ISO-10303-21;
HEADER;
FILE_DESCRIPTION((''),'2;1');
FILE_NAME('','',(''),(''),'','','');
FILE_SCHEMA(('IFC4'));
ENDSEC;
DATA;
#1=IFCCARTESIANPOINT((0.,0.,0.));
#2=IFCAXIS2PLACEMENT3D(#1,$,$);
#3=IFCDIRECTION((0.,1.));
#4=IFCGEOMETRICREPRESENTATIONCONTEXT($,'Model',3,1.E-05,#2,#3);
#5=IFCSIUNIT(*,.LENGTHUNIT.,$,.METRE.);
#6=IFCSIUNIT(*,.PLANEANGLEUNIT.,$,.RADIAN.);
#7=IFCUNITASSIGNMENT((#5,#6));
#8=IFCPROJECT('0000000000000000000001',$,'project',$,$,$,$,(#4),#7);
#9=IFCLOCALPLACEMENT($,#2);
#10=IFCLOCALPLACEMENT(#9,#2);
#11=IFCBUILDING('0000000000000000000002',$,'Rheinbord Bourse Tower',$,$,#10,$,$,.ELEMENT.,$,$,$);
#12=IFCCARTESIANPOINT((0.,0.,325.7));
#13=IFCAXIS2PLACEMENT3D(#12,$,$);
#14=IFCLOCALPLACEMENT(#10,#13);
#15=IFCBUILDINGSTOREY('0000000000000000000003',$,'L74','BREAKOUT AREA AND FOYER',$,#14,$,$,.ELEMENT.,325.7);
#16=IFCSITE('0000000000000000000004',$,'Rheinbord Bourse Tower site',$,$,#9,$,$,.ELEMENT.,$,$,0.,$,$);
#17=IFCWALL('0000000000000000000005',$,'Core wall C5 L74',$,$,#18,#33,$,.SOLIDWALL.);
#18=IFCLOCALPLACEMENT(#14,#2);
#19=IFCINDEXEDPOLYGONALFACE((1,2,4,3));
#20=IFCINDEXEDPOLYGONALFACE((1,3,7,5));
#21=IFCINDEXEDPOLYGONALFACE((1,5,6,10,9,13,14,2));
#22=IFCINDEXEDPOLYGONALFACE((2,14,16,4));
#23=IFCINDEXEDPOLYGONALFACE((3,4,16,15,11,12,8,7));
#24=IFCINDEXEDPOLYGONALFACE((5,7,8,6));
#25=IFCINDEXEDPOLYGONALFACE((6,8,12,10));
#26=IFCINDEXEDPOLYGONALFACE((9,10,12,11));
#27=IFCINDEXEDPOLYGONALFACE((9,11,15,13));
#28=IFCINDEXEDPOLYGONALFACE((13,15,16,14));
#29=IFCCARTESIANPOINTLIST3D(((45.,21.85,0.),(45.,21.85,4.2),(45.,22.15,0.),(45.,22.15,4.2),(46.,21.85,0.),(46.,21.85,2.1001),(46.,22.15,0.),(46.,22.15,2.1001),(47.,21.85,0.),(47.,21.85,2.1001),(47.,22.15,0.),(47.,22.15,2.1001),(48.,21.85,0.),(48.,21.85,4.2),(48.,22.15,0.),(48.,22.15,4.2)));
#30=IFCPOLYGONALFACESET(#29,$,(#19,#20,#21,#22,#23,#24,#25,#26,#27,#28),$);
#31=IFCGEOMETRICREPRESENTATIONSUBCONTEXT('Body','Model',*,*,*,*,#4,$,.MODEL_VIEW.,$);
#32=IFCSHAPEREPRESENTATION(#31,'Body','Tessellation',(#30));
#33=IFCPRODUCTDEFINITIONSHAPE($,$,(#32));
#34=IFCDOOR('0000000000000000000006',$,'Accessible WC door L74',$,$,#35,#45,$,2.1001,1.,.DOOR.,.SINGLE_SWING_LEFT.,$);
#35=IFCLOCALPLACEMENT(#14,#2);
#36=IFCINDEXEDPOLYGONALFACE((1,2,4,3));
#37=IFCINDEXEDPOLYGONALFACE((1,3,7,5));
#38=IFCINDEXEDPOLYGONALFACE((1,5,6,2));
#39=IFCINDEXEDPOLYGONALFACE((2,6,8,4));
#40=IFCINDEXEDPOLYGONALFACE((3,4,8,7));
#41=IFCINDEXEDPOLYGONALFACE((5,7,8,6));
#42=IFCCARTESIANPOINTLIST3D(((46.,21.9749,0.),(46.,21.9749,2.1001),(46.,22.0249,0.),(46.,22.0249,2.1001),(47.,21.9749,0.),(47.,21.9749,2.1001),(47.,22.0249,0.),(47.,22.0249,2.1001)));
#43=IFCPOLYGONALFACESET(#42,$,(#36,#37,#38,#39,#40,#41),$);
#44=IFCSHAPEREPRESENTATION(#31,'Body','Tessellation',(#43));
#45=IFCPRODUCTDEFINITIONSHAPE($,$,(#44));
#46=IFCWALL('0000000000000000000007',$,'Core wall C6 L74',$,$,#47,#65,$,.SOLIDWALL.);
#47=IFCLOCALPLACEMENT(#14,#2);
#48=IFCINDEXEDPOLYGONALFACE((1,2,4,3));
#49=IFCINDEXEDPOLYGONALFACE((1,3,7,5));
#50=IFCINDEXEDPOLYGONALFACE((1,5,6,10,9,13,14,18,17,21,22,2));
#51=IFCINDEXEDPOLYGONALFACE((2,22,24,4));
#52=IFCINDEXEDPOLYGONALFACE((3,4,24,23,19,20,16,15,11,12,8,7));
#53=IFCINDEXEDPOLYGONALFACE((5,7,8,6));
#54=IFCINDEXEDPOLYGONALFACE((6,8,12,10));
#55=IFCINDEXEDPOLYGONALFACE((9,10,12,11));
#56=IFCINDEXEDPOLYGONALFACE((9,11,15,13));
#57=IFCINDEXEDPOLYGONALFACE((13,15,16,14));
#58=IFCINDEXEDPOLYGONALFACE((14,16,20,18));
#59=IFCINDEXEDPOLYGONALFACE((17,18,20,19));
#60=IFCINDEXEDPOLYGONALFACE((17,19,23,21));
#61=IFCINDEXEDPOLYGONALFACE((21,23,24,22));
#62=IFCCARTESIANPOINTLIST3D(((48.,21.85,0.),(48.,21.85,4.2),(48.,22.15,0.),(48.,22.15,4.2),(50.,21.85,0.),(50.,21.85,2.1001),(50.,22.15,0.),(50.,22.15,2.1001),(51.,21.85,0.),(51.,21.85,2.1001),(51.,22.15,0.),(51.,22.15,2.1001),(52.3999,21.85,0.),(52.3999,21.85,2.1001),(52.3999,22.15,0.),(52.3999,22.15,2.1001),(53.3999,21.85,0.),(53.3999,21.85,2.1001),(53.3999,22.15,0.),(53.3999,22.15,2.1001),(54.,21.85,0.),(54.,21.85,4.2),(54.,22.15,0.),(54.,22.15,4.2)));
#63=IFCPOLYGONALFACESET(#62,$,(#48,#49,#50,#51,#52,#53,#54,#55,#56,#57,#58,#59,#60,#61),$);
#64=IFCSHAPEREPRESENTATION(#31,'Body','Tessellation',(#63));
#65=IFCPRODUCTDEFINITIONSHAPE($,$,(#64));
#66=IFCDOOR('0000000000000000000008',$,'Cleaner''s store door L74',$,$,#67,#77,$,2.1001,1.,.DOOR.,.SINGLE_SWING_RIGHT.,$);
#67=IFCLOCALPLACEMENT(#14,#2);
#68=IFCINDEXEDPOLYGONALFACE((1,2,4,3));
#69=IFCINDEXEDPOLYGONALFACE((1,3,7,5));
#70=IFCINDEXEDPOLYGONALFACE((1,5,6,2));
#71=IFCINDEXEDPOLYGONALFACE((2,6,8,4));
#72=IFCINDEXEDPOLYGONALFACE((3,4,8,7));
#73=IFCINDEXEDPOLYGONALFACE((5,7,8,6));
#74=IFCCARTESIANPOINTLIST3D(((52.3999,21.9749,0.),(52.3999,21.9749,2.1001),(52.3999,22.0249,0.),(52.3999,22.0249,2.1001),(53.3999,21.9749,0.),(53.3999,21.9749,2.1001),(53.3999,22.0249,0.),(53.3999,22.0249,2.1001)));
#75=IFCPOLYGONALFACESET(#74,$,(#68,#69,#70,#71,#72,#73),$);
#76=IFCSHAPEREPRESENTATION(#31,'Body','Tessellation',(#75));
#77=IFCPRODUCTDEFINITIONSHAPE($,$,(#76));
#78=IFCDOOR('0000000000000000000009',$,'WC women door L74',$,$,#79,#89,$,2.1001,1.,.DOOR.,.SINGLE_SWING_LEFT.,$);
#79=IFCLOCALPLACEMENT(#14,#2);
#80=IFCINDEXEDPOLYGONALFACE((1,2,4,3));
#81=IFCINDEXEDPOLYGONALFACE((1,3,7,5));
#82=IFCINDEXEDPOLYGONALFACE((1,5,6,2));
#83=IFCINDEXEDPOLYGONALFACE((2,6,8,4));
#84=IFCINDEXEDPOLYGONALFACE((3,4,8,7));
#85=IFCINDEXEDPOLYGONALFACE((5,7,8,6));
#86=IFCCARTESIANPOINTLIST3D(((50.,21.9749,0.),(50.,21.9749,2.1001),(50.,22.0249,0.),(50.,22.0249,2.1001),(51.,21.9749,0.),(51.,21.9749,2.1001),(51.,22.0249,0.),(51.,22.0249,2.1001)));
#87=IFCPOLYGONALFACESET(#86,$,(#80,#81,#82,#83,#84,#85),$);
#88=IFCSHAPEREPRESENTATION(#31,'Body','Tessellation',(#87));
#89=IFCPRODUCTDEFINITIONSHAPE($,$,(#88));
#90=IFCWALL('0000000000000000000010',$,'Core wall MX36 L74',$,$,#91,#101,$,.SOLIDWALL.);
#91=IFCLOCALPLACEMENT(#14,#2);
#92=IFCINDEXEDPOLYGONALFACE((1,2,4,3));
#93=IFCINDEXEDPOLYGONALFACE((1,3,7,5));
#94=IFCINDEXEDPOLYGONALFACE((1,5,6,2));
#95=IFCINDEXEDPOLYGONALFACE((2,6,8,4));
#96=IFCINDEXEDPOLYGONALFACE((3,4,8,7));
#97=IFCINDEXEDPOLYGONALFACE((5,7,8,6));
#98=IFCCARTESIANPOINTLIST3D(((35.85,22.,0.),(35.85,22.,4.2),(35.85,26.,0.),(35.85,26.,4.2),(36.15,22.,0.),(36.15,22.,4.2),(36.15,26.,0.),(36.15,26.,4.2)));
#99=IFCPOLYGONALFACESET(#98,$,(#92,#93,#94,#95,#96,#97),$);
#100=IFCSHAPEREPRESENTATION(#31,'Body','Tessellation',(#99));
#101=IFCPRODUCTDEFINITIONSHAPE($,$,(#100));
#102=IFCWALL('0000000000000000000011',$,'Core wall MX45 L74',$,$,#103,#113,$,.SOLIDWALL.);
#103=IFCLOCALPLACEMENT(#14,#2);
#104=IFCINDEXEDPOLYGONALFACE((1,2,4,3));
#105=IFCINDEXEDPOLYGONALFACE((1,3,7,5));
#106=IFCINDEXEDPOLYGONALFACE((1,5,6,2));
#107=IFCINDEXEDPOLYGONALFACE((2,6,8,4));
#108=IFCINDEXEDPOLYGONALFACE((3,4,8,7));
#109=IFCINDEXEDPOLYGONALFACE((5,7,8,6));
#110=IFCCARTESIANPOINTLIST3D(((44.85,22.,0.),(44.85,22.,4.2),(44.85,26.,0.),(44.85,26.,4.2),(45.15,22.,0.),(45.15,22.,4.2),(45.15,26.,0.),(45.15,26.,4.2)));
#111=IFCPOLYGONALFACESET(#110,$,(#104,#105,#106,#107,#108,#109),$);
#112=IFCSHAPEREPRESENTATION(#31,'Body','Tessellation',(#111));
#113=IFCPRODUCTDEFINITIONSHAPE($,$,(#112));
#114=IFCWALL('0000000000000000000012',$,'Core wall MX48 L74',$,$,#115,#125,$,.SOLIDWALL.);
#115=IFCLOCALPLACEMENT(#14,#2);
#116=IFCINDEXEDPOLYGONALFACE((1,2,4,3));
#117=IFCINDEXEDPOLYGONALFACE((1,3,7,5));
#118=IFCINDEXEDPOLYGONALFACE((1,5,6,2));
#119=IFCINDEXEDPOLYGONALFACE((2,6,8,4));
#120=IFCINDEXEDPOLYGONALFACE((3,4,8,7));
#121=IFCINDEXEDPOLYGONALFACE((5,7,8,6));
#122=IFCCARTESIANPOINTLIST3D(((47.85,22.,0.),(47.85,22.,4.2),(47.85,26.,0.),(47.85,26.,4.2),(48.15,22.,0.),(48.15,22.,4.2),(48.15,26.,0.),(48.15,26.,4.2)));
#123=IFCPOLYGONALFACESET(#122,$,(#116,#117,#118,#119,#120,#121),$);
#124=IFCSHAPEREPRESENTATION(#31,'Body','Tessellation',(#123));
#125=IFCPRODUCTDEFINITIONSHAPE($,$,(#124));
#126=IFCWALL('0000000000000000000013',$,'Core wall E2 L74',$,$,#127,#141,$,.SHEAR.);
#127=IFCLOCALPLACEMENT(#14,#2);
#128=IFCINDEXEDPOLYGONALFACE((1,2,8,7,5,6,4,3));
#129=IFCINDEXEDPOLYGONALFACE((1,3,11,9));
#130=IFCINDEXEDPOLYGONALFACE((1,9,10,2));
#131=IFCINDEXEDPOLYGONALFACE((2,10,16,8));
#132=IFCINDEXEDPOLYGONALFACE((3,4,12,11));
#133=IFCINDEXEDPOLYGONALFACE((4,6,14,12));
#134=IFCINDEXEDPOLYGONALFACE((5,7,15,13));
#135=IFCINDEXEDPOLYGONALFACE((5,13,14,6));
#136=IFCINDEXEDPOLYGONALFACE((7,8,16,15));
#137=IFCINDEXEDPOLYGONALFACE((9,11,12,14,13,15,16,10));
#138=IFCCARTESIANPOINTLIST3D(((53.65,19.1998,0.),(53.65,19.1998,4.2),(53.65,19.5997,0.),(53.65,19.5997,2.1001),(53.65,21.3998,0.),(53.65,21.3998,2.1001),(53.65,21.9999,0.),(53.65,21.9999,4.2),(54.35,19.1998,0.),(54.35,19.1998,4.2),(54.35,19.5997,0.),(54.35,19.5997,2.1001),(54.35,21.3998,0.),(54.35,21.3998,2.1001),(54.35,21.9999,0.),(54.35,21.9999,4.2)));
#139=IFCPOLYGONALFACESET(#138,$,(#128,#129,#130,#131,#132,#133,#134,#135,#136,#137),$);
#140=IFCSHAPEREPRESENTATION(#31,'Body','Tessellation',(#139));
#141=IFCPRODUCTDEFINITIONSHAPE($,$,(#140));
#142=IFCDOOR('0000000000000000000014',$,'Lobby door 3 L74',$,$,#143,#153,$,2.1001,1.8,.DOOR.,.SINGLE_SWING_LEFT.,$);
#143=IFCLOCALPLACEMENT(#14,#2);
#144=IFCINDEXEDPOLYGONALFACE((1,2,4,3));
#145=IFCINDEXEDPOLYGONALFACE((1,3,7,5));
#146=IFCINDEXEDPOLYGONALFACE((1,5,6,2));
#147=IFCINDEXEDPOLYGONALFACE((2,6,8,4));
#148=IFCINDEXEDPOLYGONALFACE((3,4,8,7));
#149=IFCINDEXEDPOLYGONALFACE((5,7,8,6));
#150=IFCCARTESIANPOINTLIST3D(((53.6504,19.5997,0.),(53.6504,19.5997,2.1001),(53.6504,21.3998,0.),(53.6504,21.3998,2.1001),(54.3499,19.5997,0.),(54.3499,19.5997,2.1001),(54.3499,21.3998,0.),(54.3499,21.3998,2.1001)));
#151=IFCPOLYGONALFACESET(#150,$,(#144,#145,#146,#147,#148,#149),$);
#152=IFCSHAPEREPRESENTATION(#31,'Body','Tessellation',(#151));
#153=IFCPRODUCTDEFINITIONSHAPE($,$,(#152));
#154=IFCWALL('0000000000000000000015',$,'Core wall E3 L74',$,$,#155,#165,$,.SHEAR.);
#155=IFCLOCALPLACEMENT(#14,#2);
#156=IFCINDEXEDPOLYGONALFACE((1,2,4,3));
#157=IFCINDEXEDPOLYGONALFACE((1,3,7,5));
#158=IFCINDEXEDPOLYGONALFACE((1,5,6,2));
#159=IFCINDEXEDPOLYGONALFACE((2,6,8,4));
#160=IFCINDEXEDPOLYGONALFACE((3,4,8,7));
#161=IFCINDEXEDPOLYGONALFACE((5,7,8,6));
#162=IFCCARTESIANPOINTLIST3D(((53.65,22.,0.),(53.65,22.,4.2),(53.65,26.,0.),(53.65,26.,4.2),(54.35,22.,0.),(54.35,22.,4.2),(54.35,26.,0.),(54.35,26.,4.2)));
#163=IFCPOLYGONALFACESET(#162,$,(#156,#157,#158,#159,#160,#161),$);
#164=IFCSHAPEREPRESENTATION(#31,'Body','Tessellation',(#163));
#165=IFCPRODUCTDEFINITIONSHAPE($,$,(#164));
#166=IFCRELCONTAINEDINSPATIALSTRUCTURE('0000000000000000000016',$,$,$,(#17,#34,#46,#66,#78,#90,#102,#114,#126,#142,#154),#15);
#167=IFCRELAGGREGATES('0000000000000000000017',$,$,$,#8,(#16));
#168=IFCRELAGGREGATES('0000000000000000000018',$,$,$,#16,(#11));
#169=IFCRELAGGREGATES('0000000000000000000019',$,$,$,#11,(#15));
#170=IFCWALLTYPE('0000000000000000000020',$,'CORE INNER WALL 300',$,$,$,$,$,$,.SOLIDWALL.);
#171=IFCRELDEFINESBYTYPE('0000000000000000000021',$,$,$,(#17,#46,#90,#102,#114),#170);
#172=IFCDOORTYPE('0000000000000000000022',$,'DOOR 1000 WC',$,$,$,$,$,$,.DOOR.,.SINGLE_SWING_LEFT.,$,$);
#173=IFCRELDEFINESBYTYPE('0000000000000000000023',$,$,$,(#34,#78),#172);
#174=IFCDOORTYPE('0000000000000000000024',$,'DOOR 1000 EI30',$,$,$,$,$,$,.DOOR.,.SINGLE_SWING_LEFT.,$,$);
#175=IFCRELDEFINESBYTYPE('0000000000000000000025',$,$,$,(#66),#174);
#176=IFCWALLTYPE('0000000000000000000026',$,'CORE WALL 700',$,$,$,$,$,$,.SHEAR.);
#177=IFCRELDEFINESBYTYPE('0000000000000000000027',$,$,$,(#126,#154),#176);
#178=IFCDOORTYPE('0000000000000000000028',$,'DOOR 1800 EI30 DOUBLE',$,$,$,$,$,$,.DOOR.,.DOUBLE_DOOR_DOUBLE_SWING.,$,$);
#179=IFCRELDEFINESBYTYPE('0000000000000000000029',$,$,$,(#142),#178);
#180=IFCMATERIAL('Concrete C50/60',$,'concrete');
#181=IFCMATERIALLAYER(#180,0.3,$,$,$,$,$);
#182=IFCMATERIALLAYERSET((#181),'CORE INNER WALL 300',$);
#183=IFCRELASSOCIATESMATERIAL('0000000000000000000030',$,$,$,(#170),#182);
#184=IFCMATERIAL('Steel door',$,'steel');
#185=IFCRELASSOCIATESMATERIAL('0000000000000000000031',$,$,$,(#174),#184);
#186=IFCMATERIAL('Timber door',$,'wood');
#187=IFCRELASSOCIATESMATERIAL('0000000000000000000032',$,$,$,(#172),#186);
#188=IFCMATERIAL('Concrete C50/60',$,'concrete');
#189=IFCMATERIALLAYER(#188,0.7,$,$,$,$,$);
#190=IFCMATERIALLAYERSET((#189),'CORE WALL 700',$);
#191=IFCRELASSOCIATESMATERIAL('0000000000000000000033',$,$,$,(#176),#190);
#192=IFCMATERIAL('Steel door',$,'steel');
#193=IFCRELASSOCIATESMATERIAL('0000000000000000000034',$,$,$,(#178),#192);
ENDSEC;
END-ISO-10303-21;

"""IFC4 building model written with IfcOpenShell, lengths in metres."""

from ifc_helpers import new_model, si_unit, direction, frame, frame_2d, origin, place, context, subcontext, project, spatial, rectangle, extrude, material, layer, layer_set, type_object, element, fill, save


model = new_model("IFC4")

# Units and contexts
model_context = context("Model", 3, precision=1e-05, world=origin(), true_north=direction((0.0, 1.0)))
body_context = subcontext(model_context, "Body", "Model", "MODEL_VIEW")
ifc_project = project(units=[si_unit("LENGTHUNIT", "METRE"), si_unit("PLANEANGLEUNIT", "RADIAN")], contexts=[model_context])

# Site, building, storey
site_placement = place(None, origin())
site = spatial("IfcSite", under=ifc_project, at=site_placement, Name="Rheinbord Bourse Tower site", CompositionType="ELEMENT", RefElevation=0.0)
building_placement = place(site_placement, origin())
building = spatial("IfcBuilding", under=site, at=building_placement, Name="Rheinbord Bourse Tower", CompositionType="ELEMENT")
storey_placement = place(building_placement, frame((0.0, 0.0, 325.7)))
storey = spatial("IfcBuildingStorey", under=building, at=storey_placement, Name="L74", Description="BREAKOUT AREA AND FOYER", CompositionType="ELEMENT", Elevation=325.7)

# Wall, opening, door
ifc_material_1 = material(Name="Concrete C50/60", Category="concrete")
ifc_layer_1 = layer(ifc_material_1, 0.3)
ifc_layer_set_1 = layer_set([ifc_layer_1], Name="CORE INNER WALL 300")
wall_type_1 = type_object("IfcWallType", Name="CORE INNER WALL 300", PredefinedType="SOLIDWALL", material=ifc_layer_set_1)
ifc_material_2 = material(Name="Steel door", Category="steel")
door_type_1 = type_object("IfcDoorType", Name="DOOR 1000 EI30", OperationType="SINGLE_SWING_LEFT", PredefinedType="DOOR", material=ifc_material_2)
wall_1_placement = place(storey_placement, frame((45.0, 22.0, 0.0), z_axis=(0.0, 0.0, 1.0), x_axis=(1.0, 0.0, 0.0)))
wall_1 = element("IfcWall", 1, at=wall_1_placement, inside=storey, type_object=wall_type_1, Name="Core wall C5 L74", PredefinedType="SOLIDWALL", context=body_context, shape_type="SweptSolid", body=[
    extrude(rectangle(XDim=3.0, YDim=0.3, at=frame_2d((1.5, 0.0))), origin(), (0.0, 0.0, 1.0), 4.2),
])
opening_1_placement = place(wall_1_placement, frame((1.0, 0.0, 0.0)))
opening_1 = element("IfcOpeningElement", 2, at=opening_1_placement, cuts=wall_1, PredefinedType="OPENING", context=body_context, shape_type="SweptSolid", body=[
    extrude(rectangle(XDim=1.0, YDim=2.1001, at=frame_2d((0.5, 1.05))), frame((0.0, 0.1599, 0.0), z_axis=(0.0, -1.0, 0.0), x_axis=(1.0, 0.0, 0.0)), (0.0, 0.0, 1.0), 0.3201),
])
ifc_material_3 = material(Name="Timber door", Category="wood")
door_type_2 = type_object("IfcDoorType", Name="DOOR 1000 WC", OperationType="SINGLE_SWING_LEFT", PredefinedType="DOOR", material=ifc_material_3)
door_1_placement = place(opening_1_placement, origin())
door_1 = element("IfcDoor", 3, at=door_1_placement, inside=storey, type_object=door_type_2, Name="Accessible WC door L74", OperationType="SINGLE_SWING_LEFT", OverallHeight=2.1001, OverallWidth=1.0, PredefinedType="DOOR", context=body_context, shape_type="SweptSolid", body=[
    extrude(rectangle(XDim=1.0, YDim=2.1001, at=frame_2d((0.5, 1.05))), frame((0.0, 0.0249, 0.0), z_axis=(0.0, -1.0, 0.0), x_axis=(1.0, 0.0, 0.0)), (0.0, 0.0, 1.0), 0.05),
])
fill(opening_1, door_1)

# Wall, openings, doors
wall_2_placement = place(storey_placement, frame((48.0, 22.0, 0.0), z_axis=(0.0, 0.0, 1.0), x_axis=(1.0, 0.0, 0.0)))
wall_2 = element("IfcWall", 4, at=wall_2_placement, inside=storey, type_object=wall_type_1, Name="Core wall C6 L74", PredefinedType="SOLIDWALL", context=body_context, shape_type="SweptSolid", body=[
    extrude(rectangle(XDim=6.0, YDim=0.3, at=frame_2d((3.0, 0.0))), origin(), (0.0, 0.0, 1.0), 4.2),
])
opening_2_placement = place(wall_2_placement, frame((2.0, 0.0, 0.0)))
opening_2 = element("IfcOpeningElement", 5, at=opening_2_placement, cuts=wall_2, PredefinedType="OPENING", context=body_context, shape_type="SweptSolid", body=[
    extrude(rectangle(XDim=1.0, YDim=2.1001, at=frame_2d((0.5, 1.05))), frame((0.0, 0.1599, 0.0), z_axis=(0.0, -1.0, 0.0), x_axis=(1.0, 0.0, 0.0)), (0.0, 0.0, 1.0), 0.3201),
])
opening_3_placement = place(wall_2_placement, frame((4.3999, 0.0, 0.0)))
opening_3 = element("IfcOpeningElement", 6, at=opening_3_placement, cuts=wall_2, PredefinedType="OPENING", context=body_context, shape_type="SweptSolid", body=[
    extrude(rectangle(XDim=1.0, YDim=2.1001, at=frame_2d((0.5, 1.05))), frame((0.0, 0.1599, 0.0), z_axis=(0.0, -1.0, 0.0), x_axis=(1.0, 0.0, 0.0)), (0.0, 0.0, 1.0), 0.3201),
])
door_2_placement = place(opening_3_placement, origin())
door_2 = element("IfcDoor", 7, at=door_2_placement, inside=storey, type_object=door_type_1, Name="Cleaner's store door L74", OperationType="SINGLE_SWING_RIGHT", OverallHeight=2.1001, OverallWidth=1.0, PredefinedType="DOOR", context=body_context, shape_type="SweptSolid", body=[
    extrude(rectangle(XDim=1.0, YDim=2.1001, at=frame_2d((0.5, 1.05))), frame((0.0, 0.0249, 0.0), z_axis=(0.0, -1.0, 0.0), x_axis=(1.0, 0.0, 0.0)), (0.0, 0.0, 1.0), 0.05),
])
fill(opening_3, door_2)
door_3_placement = place(opening_2_placement, origin())
door_3 = element("IfcDoor", 8, at=door_3_placement, inside=storey, type_object=door_type_2, Name="WC women door L74", OperationType="SINGLE_SWING_LEFT", OverallHeight=2.1001, OverallWidth=1.0, PredefinedType="DOOR", context=body_context, shape_type="SweptSolid", body=[
    extrude(rectangle(XDim=1.0, YDim=2.1001, at=frame_2d((0.5, 1.05))), frame((0.0, 0.0249, 0.0), z_axis=(0.0, -1.0, 0.0), x_axis=(1.0, 0.0, 0.0)), (0.0, 0.0, 1.0), 0.05),
])
fill(opening_2, door_3)

# Walls
for number, where, z_axis, x_axis, name in (
    (9, (36.0, 22.0, 0.0), (0.0, 0.0, 1.0), (0.0, 1.0, 0.0), "Core wall MX36 L74"),
    (10, (45.0, 22.0, 0.0), (0.0, 0.0, 1.0), (0.0, 1.0, 0.0), "Core wall MX45 L74"),
    (11, (48.0, 22.0, 0.0), (0.0, 0.0, 1.0), (0.0, 1.0, 0.0), "Core wall MX48 L74"),
):
    element("IfcWall", number, at=place(storey_placement, frame(where, z_axis=z_axis, x_axis=x_axis)), inside=storey, type_object=wall_type_1, Name=name, PredefinedType="SOLIDWALL", context=body_context, shape_type="SweptSolid", body=[
        extrude(rectangle(XDim=4.0, YDim=0.3, at=frame_2d((2.0, 0.0))), origin(), (0.0, 0.0, 1.0), 4.2),
    ])

# Wall, opening, door
ifc_material_4 = material(Name="Concrete C50/60", Category="concrete")
ifc_layer_2 = layer(ifc_material_4, 0.7)
ifc_layer_set_2 = layer_set([ifc_layer_2], Name="CORE WALL 700")
wall_type_2 = type_object("IfcWallType", Name="CORE WALL 700", PredefinedType="SHEAR", material=ifc_layer_set_2)
wall_3_placement = place(storey_placement, frame((54.0, 19.2, 0.0), z_axis=(0.0, 0.0, 1.0), x_axis=(0.0, 1.0, 0.0)))
wall_3 = element("IfcWall", 12, at=wall_3_placement, inside=storey, type_object=wall_type_2, Name="Core wall E2 L74", PredefinedType="SHEAR", context=body_context, shape_type="SweptSolid", body=[
    extrude(rectangle(XDim=2.8, YDim=0.7, at=frame_2d((1.3999, 0.0))), origin(), (0.0, 0.0, 1.0), 4.2),
])
opening_4_placement = place(wall_3_placement, frame((0.3999, 0.0, 0.0)))
opening_4 = element("IfcOpeningElement", 13, at=opening_4_placement, cuts=wall_3, PredefinedType="OPENING", context=body_context, shape_type="SweptSolid", body=[
    extrude(rectangle(XDim=1.8, YDim=2.1001, at=frame_2d((0.8999, 1.05))), frame((0.0, 0.3599, 0.0), z_axis=(0.0, -1.0, 0.0), x_axis=(1.0, 0.0, 0.0)), (0.0, 0.0, 1.0), 0.72),
])
ifc_material_5 = material(Name="Steel door", Category="steel")
door_type_3 = type_object("IfcDoorType", Name="DOOR 1800 EI30 DOUBLE", OperationType="DOUBLE_DOOR_DOUBLE_SWING", PredefinedType="DOOR", material=ifc_material_5)
door_4_placement = place(opening_4_placement, origin())
door_4 = element("IfcDoor", 14, at=door_4_placement, inside=storey, type_object=door_type_3, Name="Lobby door 3 L74", OperationType="SINGLE_SWING_LEFT", OverallHeight=2.1001, OverallWidth=1.8, PredefinedType="DOOR", context=body_context, shape_type="SweptSolid", body=[
    extrude(rectangle(XDim=1.8, YDim=2.1001, at=frame_2d((0.8999, 1.05))), frame((0.0, 0.3496, 0.0), z_axis=(0.0, -1.0, 0.0), x_axis=(1.0, 0.0, 0.0)), (0.0, 0.0, 1.0), 0.6995),
])
fill(opening_4, door_4)

# Wall
wall_4_placement = place(storey_placement, frame((54.0, 22.0, 0.0), z_axis=(0.0, 0.0, 1.0), x_axis=(0.0, 1.0, 0.0)))
element("IfcWall", 15, at=wall_4_placement, inside=storey, type_object=wall_type_2, Name="Core wall E3 L74", PredefinedType="SHEAR", context=body_context, shape_type="SweptSolid", body=[
    extrude(rectangle(XDim=4.0, YDim=0.7, at=frame_2d((2.0, 0.0))), origin(), (0.0, 0.0, 1.0), 4.2),
])

save(model, "model.ifc")
